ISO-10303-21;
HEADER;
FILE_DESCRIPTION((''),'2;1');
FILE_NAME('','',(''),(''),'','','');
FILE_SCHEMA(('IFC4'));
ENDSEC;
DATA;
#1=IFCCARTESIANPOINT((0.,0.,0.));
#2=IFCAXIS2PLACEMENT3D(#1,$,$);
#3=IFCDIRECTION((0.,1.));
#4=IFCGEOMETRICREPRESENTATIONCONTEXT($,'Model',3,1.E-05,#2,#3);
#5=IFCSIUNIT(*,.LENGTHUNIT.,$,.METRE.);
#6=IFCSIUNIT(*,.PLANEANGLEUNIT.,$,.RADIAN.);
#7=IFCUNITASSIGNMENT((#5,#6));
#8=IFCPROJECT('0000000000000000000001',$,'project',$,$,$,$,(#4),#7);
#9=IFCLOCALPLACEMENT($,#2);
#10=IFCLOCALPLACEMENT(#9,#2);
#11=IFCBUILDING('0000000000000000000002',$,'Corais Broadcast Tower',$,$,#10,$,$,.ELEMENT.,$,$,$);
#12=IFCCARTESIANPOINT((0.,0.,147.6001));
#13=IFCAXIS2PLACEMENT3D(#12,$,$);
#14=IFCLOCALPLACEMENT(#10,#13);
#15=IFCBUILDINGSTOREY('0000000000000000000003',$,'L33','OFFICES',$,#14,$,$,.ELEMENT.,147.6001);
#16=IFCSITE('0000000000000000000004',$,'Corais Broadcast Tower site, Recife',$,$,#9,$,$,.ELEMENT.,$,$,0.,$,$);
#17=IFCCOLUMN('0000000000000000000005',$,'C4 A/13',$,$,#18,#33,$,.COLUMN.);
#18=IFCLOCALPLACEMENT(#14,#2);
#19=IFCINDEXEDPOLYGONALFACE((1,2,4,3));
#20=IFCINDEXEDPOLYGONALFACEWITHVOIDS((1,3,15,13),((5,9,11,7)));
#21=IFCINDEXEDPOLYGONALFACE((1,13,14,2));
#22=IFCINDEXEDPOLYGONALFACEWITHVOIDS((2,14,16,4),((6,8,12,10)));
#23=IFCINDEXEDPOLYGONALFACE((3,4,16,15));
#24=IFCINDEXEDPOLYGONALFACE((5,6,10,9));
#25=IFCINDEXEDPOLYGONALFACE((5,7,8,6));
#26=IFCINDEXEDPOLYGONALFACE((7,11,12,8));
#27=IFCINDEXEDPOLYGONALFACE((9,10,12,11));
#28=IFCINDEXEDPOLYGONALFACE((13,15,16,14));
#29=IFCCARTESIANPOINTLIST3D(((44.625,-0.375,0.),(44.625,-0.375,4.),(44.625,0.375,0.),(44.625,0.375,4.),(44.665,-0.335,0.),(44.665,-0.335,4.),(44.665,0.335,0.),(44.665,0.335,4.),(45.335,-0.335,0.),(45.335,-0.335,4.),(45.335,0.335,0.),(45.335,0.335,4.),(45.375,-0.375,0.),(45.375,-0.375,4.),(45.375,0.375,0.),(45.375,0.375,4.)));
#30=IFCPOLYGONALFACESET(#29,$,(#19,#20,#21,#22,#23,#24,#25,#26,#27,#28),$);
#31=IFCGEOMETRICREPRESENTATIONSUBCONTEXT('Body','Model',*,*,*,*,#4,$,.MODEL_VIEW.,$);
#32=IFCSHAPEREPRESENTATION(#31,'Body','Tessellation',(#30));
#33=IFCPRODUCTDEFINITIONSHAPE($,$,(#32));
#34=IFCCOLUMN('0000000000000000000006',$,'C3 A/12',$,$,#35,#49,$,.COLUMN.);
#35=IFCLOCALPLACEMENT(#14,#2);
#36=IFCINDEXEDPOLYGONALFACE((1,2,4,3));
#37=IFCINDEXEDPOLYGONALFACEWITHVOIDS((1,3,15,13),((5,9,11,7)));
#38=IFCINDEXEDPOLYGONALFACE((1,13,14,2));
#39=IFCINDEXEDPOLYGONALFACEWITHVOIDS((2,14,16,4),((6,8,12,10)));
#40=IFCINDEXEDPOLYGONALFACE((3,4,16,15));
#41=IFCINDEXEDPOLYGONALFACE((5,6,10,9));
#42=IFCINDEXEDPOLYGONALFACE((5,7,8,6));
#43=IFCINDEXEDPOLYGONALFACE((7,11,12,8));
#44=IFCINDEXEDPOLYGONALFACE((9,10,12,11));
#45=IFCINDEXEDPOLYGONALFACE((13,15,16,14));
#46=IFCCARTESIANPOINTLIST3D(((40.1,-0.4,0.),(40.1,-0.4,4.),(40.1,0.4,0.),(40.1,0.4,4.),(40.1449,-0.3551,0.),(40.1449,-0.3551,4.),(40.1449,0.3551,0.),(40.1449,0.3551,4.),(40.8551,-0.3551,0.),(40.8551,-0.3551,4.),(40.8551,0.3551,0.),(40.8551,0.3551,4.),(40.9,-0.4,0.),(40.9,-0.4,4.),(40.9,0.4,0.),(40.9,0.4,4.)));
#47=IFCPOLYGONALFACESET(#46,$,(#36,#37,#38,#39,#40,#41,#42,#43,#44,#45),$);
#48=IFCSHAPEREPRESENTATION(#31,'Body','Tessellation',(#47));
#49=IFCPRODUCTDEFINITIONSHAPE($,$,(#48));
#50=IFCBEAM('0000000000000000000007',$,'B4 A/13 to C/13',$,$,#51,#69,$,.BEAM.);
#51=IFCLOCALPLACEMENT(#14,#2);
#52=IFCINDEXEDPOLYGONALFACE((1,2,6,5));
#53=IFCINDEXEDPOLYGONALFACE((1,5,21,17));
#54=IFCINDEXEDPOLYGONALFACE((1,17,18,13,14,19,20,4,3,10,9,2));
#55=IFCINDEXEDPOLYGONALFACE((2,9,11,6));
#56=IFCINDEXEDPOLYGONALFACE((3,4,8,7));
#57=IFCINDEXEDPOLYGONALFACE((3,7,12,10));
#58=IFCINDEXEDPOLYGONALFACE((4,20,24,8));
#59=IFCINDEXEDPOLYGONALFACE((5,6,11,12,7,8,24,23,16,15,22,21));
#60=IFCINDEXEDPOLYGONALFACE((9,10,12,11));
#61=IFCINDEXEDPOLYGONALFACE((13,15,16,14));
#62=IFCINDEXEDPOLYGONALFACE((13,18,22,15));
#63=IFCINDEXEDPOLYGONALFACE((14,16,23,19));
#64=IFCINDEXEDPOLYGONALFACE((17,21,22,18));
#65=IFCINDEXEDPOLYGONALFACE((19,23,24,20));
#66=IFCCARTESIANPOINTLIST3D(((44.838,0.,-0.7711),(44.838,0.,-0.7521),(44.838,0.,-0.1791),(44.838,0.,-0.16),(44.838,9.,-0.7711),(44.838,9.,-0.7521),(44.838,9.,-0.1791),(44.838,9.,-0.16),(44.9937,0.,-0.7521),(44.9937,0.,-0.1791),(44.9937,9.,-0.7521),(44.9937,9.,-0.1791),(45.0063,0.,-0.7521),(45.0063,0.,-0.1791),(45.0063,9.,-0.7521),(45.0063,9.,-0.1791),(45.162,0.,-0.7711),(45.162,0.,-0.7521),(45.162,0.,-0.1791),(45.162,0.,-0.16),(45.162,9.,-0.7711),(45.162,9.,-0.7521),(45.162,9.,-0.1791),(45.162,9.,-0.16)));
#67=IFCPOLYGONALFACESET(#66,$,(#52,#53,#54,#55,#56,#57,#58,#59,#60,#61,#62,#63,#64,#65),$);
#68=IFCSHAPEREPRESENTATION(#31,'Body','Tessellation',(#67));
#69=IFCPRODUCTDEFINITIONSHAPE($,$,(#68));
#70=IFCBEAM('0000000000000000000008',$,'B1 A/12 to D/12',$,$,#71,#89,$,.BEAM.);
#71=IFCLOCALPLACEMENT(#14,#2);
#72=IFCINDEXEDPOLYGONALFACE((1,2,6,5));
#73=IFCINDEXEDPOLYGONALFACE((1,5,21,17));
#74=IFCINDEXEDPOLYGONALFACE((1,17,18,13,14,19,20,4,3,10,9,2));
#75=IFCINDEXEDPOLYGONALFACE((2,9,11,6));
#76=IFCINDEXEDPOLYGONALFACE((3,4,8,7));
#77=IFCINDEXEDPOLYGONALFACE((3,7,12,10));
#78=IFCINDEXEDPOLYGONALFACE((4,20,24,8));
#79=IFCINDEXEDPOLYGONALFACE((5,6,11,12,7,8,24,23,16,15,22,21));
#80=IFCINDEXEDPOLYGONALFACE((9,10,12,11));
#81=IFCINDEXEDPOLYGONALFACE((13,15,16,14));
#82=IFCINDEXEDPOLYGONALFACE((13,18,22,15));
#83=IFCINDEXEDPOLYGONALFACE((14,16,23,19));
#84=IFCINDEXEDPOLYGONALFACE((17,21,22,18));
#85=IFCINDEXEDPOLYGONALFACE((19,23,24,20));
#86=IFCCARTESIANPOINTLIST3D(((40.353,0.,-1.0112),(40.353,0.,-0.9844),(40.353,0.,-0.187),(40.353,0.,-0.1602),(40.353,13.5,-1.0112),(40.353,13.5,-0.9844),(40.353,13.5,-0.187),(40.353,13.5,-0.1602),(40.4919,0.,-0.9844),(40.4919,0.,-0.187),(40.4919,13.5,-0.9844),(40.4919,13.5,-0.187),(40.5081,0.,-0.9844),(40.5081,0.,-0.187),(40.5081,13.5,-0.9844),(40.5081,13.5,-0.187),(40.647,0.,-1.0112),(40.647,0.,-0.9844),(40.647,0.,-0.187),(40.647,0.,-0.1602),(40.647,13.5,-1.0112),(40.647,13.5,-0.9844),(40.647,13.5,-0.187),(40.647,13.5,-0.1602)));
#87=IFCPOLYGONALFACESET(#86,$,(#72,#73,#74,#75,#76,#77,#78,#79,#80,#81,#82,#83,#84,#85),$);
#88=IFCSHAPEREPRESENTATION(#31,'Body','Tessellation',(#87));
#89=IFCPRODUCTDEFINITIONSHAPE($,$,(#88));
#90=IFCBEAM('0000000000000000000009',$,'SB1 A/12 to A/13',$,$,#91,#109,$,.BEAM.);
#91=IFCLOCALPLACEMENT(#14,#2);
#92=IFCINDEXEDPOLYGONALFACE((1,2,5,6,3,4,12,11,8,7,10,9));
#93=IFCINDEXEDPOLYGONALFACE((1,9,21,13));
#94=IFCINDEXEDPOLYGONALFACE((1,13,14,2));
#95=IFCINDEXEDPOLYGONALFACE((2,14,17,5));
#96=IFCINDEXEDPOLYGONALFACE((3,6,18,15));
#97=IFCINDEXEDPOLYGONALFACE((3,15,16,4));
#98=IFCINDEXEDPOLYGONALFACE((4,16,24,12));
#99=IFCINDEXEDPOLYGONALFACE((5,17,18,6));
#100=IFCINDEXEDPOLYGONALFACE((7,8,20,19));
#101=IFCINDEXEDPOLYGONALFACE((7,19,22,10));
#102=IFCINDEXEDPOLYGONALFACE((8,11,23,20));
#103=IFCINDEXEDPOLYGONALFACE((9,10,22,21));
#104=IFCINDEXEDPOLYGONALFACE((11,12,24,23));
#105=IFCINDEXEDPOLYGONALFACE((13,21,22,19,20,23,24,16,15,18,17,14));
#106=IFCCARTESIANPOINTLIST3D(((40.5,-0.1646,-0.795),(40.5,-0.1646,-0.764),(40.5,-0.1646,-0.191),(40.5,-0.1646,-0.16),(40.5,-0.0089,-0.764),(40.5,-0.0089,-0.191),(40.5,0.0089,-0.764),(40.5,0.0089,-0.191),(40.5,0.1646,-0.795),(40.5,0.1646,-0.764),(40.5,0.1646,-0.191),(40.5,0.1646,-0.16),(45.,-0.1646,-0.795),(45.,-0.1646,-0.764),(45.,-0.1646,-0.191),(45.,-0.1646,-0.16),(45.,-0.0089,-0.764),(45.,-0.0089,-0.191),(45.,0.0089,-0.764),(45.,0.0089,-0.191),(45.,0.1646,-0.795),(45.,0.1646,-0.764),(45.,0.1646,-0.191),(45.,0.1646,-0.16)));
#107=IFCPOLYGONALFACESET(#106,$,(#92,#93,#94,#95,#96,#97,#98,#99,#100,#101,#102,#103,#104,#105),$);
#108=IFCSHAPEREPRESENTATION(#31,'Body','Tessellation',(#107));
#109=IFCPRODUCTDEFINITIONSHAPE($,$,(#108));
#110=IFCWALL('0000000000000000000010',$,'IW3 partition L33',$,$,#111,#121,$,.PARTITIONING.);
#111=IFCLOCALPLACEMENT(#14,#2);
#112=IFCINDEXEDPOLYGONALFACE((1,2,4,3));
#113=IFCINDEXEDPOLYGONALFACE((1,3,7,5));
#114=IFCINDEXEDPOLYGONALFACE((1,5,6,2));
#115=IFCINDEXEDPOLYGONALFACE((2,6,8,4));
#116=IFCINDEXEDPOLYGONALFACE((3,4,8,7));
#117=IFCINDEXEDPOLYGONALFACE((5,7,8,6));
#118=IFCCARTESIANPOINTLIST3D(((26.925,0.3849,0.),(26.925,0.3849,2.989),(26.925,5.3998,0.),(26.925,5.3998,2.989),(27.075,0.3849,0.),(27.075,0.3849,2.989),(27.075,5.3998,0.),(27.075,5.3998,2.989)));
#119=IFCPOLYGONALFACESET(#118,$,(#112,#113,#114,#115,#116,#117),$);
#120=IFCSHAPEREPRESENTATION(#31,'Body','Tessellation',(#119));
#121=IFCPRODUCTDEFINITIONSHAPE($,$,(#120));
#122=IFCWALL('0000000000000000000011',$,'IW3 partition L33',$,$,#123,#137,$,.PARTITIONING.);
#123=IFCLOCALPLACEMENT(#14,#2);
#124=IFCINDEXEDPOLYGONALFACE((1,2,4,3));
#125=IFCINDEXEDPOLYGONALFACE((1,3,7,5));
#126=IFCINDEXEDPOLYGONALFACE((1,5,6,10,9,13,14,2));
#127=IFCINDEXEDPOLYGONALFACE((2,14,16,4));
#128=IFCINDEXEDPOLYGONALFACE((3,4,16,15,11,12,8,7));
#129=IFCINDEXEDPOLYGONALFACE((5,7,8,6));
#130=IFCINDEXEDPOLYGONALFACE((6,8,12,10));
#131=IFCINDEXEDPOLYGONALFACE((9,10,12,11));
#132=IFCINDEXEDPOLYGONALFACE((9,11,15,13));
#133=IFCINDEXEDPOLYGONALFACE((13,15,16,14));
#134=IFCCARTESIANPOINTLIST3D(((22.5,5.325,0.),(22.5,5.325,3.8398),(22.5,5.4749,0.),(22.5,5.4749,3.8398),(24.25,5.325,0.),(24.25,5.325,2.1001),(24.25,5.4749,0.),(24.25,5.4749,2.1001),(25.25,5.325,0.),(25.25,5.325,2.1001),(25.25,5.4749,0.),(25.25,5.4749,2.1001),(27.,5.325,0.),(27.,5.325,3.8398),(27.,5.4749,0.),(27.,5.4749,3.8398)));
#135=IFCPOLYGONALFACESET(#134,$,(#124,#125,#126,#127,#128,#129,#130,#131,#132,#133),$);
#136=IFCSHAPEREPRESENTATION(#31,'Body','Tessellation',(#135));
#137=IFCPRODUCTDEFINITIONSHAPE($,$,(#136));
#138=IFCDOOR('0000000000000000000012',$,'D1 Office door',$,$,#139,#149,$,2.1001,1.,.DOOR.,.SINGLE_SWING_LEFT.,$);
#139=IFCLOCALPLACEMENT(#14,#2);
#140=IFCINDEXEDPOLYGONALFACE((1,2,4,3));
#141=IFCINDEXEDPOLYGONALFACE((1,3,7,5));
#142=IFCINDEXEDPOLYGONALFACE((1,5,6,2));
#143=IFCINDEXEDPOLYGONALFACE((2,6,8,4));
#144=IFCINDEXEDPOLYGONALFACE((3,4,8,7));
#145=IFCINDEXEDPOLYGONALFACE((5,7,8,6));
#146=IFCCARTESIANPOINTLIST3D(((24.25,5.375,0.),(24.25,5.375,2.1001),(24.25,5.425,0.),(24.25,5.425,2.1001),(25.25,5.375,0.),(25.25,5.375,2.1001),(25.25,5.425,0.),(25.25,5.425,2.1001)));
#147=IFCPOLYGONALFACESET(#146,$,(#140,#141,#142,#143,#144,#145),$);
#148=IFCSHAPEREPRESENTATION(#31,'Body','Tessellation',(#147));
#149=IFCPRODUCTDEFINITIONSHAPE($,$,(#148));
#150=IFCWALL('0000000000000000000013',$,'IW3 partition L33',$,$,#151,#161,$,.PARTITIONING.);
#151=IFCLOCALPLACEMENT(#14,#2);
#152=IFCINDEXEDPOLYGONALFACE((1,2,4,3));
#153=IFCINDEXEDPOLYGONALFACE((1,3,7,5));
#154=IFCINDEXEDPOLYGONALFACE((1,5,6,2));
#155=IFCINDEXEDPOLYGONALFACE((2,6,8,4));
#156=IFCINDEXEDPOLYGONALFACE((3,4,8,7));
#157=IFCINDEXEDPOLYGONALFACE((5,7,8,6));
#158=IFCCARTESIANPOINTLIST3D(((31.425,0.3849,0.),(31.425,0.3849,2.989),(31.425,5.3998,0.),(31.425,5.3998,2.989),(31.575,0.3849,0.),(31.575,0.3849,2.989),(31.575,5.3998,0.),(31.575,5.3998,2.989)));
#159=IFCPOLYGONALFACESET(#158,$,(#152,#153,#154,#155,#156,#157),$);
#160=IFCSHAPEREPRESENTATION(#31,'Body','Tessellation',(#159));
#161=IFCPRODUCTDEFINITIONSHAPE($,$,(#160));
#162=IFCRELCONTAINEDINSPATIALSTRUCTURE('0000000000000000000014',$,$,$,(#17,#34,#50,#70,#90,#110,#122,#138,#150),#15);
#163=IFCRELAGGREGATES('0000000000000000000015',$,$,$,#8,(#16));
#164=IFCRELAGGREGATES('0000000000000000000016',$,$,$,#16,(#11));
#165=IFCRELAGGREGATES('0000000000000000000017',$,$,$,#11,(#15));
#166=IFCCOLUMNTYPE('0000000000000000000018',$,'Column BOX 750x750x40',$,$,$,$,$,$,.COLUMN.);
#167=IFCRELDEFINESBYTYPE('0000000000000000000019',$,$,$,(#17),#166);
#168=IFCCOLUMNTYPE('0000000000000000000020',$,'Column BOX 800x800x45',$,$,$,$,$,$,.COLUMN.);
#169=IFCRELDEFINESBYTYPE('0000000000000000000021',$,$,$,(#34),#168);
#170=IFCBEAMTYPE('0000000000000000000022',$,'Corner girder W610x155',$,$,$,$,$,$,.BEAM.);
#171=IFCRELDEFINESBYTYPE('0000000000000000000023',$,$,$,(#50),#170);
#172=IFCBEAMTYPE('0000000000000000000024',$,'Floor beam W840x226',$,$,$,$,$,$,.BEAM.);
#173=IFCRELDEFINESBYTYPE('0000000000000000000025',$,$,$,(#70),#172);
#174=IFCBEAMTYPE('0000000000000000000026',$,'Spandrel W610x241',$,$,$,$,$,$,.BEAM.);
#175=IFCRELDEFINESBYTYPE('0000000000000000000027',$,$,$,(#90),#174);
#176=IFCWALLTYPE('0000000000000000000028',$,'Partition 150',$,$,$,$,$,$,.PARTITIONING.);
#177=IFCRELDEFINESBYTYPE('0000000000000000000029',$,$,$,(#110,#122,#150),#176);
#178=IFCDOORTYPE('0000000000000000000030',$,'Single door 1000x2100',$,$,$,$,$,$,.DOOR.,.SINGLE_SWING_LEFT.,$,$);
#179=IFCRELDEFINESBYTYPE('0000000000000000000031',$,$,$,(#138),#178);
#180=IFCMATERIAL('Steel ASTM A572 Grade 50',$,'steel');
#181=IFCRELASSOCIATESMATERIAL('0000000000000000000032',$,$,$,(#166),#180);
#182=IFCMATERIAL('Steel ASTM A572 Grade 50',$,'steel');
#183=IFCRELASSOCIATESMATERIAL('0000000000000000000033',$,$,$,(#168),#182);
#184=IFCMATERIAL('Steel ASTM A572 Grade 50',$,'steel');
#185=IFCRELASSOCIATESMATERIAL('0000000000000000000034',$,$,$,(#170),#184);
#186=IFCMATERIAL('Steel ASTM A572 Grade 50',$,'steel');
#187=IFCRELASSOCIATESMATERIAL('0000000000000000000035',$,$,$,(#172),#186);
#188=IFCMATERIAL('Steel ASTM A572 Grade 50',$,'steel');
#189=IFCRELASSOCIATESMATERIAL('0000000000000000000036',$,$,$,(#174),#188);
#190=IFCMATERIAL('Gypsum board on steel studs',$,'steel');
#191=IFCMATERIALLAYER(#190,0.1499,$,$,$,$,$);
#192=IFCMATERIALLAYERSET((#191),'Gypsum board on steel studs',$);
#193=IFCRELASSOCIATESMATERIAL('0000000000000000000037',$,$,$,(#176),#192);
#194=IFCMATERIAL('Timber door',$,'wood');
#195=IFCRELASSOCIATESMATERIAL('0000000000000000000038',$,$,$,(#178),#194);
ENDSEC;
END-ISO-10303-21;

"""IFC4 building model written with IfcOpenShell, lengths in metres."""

from ifc_helpers import new_model, si_unit, direction, frame, frame_2d, origin, origin_2d, place, context, subcontext, project, spatial, rectangle, hollow_rectangle, i_section, extrude, material, layer, layer_set, material_profile, profile_set, type_object, element, fill, save


model = new_model("IFC4")

# Units and contexts
model_context = context("Model", 3, precision=1e-05, world=origin(), true_north=direction((0.0, 1.0)))
body_context = subcontext(model_context, "Body", "Model", "MODEL_VIEW")
ifc_project = project(units=[si_unit("LENGTHUNIT", "METRE"), si_unit("PLANEANGLEUNIT", "RADIAN")], contexts=[model_context])

# Site, building, storey
site_placement = place(None, origin())
site = spatial("IfcSite", under=ifc_project, at=site_placement, Name="Corais Broadcast Tower site, Recife", CompositionType="ELEMENT", RefElevation=0.0)
building_placement = place(site_placement, origin())
building = spatial("IfcBuilding", under=site, at=building_placement, Name="Corais Broadcast Tower", CompositionType="ELEMENT")
storey_placement = place(building_placement, frame((0.0, 0.0, 147.6001)))
storey = spatial("IfcBuildingStorey", under=building, at=storey_placement, Name="L33", Description="OFFICES", CompositionType="ELEMENT", Elevation=147.6001)

# Columns
ifc_material_1 = material(Name="Steel ASTM A572 Grade 50", Category="steel")
ifc_material_profile_1 = material_profile(ifc_material_1, hollow_rectangle(XDim=0.75, YDim=0.75, WallThickness=0.04, at=origin_2d()), Name="BOX 750x750x40")
ifc_profile_set_1 = profile_set([ifc_material_profile_1], Name="Steel ASTM A572 Grade 50")
column_type_1 = type_object("IfcColumnType", Name="Column BOX 750x750x40", PredefinedType="COLUMN", material=ifc_profile_set_1)
column_1_placement = place(storey_placement, frame((45.0, 0.0, 0.0), z_axis=(0.0, 0.0, 1.0), x_axis=(1.0, 0.0, 0.0)))
element("IfcColumn", 1, at=column_1_placement, inside=storey, type_object=column_type_1, Name="C4 A/13", PredefinedType="COLUMN", context=body_context, shape_type="SweptSolid", body=[
    extrude(hollow_rectangle(XDim=0.75, YDim=0.75, WallThickness=0.04, at=origin_2d()), origin(), (0.0, 0.0, 1.0), 4.0),
])
ifc_material_2 = material(Name="Steel ASTM A572 Grade 50", Category="steel")
ifc_material_profile_2 = material_profile(ifc_material_2, hollow_rectangle(XDim=0.8, YDim=0.8, WallThickness=0.0449, at=origin_2d()), Name="BOX 800x800x45")
ifc_profile_set_2 = profile_set([ifc_material_profile_2], Name="Steel ASTM A572 Grade 50")
column_type_2 = type_object("IfcColumnType", Name="Column BOX 800x800x45", PredefinedType="COLUMN", material=ifc_profile_set_2)
column_2_placement = place(storey_placement, frame((40.5, 0.0, 0.0), z_axis=(0.0, 0.0, 1.0), x_axis=(1.0, 0.0, 0.0)))
element("IfcColumn", 2, at=column_2_placement, inside=storey, type_object=column_type_2, Name="C3 A/12", PredefinedType="COLUMN", context=body_context, shape_type="SweptSolid", body=[
    extrude(hollow_rectangle(XDim=0.8, YDim=0.8, WallThickness=0.0449, at=origin_2d()), origin(), (0.0, 0.0, 1.0), 4.0),
])

# Beams
ifc_material_3 = material(Name="Steel ASTM A572 Grade 50", Category="steel")
ifc_material_profile_3 = material_profile(ifc_material_3, i_section(OverallWidth=0.324, OverallDepth=0.6111, WebThickness=0.0127, FlangeThickness=0.019, at=origin_2d()), Name="W610x155")
ifc_profile_set_3 = profile_set([ifc_material_profile_3], Name="Steel ASTM A572 Grade 50")
beam_type_1 = type_object("IfcBeamType", Name="Corner girder W610x155", PredefinedType="BEAM", material=ifc_profile_set_3)
beam_1_placement = place(storey_placement, frame((45.0, 0.0, -0.4656), z_axis=(0.0, 1.0, 0.0), x_axis=(-1.0, 0.0, 0.0)))
element("IfcBeam", 3, at=beam_1_placement, inside=storey, type_object=beam_type_1, Name="B4 A/13 to C/13", PredefinedType="BEAM", context=body_context, shape_type="SweptSolid", body=[
    extrude(i_section(OverallWidth=0.324, OverallDepth=0.6111, WebThickness=0.0127, FlangeThickness=0.019, at=origin_2d()), origin(), (0.0, 0.0, 1.0), 9.0),
])
ifc_material_4 = material(Name="Steel ASTM A572 Grade 50", Category="steel")
ifc_material_profile_4 = material_profile(ifc_material_4, i_section(OverallWidth=0.2939, OverallDepth=0.8511, WebThickness=0.0161, FlangeThickness=0.0269, at=origin_2d()), Name="W840x226")
ifc_profile_set_4 = profile_set([ifc_material_profile_4], Name="Steel ASTM A572 Grade 50")
beam_type_2 = type_object("IfcBeamType", Name="Floor beam W840x226", PredefinedType="BEAM", material=ifc_profile_set_4)
beam_2_placement = place(storey_placement, frame((40.5, 0.0, -0.5857), z_axis=(0.0, 1.0, 0.0), x_axis=(-1.0, 0.0, 0.0)))
element("IfcBeam", 4, at=beam_2_placement, inside=storey, type_object=beam_type_2, Name="B1 A/12 to D/12", PredefinedType="BEAM", context=body_context, shape_type="SweptSolid", body=[
    extrude(i_section(OverallWidth=0.2939, OverallDepth=0.8511, WebThickness=0.0161, FlangeThickness=0.0269, at=origin_2d()), origin(), (0.0, 0.0, 1.0), 13.5),
])
ifc_material_5 = material(Name="Steel ASTM A572 Grade 50", Category="steel")
ifc_material_profile_5 = material_profile(ifc_material_5, i_section(OverallWidth=0.3291, OverallDepth=0.635, WebThickness=0.0178, FlangeThickness=0.031, at=origin_2d()), Name="W610x241")
ifc_profile_set_5 = profile_set([ifc_material_profile_5], Name="Steel ASTM A572 Grade 50")
beam_type_3 = type_object("IfcBeamType", Name="Spandrel W610x241", PredefinedType="BEAM", material=ifc_profile_set_5)
beam_3_placement = place(storey_placement, frame((40.5, 0.0, -0.4775), z_axis=(1.0, 0.0, 0.0), x_axis=(0.0, 1.0, 0.0)))
element("IfcBeam", 5, at=beam_3_placement, inside=storey, type_object=beam_type_3, Name="SB1 A/12 to A/13", PredefinedType="BEAM", context=body_context, shape_type="SweptSolid", body=[
    extrude(i_section(OverallWidth=0.3291, OverallDepth=0.635, WebThickness=0.0178, FlangeThickness=0.031, at=origin_2d()), origin(), (0.0, 0.0, 1.0), 4.5),
])

# Wall
ifc_material_6 = material(Name="Gypsum board on steel studs", Category="steel")
ifc_layer = layer(ifc_material_6, 0.1499)
ifc_layer_set = layer_set([ifc_layer], Name="Gypsum board on steel studs")
wall_type = type_object("IfcWallType", Name="Partition 150", PredefinedType="PARTITIONING", material=ifc_layer_set)
wall_1_placement = place(storey_placement, frame((27.0, 0.385, 0.0), z_axis=(0.0, 0.0, 1.0), x_axis=(0.0, 1.0, 0.0)))
element("IfcWall", 6, at=wall_1_placement, inside=storey, type_object=wall_type, Name="IW3 partition L33", PredefinedType="PARTITIONING", context=body_context, shape_type="SweptSolid", body=[
    extrude(rectangle(XDim=5.0149, YDim=0.1499, at=frame_2d((2.5073, 0.0))), origin(), (0.0, 0.0, 1.0), 2.989),
])

# Wall, opening, door
wall_2_placement = place(storey_placement, frame((27.0, 5.3999, 0.0), z_axis=(0.0, 0.0, 1.0), x_axis=(-1.0, 0.0, 0.0)))
wall_2 = element("IfcWall", 7, at=wall_2_placement, inside=storey, type_object=wall_type, Name="IW3 partition L33", PredefinedType="PARTITIONING", context=body_context, shape_type="SweptSolid", body=[
    extrude(rectangle(XDim=4.5, YDim=0.1499, at=frame_2d((2.25, 0.0))), origin(), (0.0, 0.0, 1.0), 3.8398),
])
opening_1_placement = place(wall_2_placement, frame((1.75, 0.0, 0.0)))
opening_1 = element("IfcOpeningElement", 8, at=opening_1_placement, cuts=wall_2, PredefinedType="OPENING", context=body_context, shape_type="SweptSolid", body=[
    extrude(rectangle(XDim=1.0, YDim=2.1001, at=frame_2d((0.5, 1.05))), frame((0.0, 0.085, 0.0), z_axis=(0.0, -1.0, 0.0), x_axis=(1.0, 0.0, 0.0)), (0.0, 0.0, 1.0), 0.1699),
])
ifc_material_7 = material(Name="Timber door", Category="wood")
door_type = type_object("IfcDoorType", Name="Single door 1000x2100", OperationType="SINGLE_SWING_LEFT", PredefinedType="DOOR", material=ifc_material_7)
door_1_placement = place(opening_1_placement, origin())
door_1 = element("IfcDoor", 9, at=door_1_placement, inside=storey, type_object=door_type, Name="D1 Office door", OperationType="SINGLE_SWING_LEFT", OverallHeight=2.1001, OverallWidth=1.0, PredefinedType="DOOR", context=body_context, shape_type="SweptSolid", body=[
    extrude(rectangle(XDim=1.0, YDim=2.1001, at=frame_2d((0.5, 1.05))), frame((0.0, 0.0249, 0.0), z_axis=(0.0, -1.0, 0.0), x_axis=(1.0, 0.0, 0.0)), (0.0, 0.0, 1.0), 0.05),
])
fill(opening_1, door_1)

# Wall
wall_3_placement = place(storey_placement, frame((31.5, 0.385, 0.0), z_axis=(0.0, 0.0, 1.0), x_axis=(0.0, 1.0, 0.0)))
element("IfcWall", 10, at=wall_3_placement, inside=storey, type_object=wall_type, Name="IW3 partition L33", PredefinedType="PARTITIONING", context=body_context, shape_type="SweptSolid", body=[
    extrude(rectangle(XDim=5.0149, YDim=0.1499, at=frame_2d((2.5073, 0.0))), origin(), (0.0, 0.0, 1.0), 2.989),
])

save(model, "model.ifc")
